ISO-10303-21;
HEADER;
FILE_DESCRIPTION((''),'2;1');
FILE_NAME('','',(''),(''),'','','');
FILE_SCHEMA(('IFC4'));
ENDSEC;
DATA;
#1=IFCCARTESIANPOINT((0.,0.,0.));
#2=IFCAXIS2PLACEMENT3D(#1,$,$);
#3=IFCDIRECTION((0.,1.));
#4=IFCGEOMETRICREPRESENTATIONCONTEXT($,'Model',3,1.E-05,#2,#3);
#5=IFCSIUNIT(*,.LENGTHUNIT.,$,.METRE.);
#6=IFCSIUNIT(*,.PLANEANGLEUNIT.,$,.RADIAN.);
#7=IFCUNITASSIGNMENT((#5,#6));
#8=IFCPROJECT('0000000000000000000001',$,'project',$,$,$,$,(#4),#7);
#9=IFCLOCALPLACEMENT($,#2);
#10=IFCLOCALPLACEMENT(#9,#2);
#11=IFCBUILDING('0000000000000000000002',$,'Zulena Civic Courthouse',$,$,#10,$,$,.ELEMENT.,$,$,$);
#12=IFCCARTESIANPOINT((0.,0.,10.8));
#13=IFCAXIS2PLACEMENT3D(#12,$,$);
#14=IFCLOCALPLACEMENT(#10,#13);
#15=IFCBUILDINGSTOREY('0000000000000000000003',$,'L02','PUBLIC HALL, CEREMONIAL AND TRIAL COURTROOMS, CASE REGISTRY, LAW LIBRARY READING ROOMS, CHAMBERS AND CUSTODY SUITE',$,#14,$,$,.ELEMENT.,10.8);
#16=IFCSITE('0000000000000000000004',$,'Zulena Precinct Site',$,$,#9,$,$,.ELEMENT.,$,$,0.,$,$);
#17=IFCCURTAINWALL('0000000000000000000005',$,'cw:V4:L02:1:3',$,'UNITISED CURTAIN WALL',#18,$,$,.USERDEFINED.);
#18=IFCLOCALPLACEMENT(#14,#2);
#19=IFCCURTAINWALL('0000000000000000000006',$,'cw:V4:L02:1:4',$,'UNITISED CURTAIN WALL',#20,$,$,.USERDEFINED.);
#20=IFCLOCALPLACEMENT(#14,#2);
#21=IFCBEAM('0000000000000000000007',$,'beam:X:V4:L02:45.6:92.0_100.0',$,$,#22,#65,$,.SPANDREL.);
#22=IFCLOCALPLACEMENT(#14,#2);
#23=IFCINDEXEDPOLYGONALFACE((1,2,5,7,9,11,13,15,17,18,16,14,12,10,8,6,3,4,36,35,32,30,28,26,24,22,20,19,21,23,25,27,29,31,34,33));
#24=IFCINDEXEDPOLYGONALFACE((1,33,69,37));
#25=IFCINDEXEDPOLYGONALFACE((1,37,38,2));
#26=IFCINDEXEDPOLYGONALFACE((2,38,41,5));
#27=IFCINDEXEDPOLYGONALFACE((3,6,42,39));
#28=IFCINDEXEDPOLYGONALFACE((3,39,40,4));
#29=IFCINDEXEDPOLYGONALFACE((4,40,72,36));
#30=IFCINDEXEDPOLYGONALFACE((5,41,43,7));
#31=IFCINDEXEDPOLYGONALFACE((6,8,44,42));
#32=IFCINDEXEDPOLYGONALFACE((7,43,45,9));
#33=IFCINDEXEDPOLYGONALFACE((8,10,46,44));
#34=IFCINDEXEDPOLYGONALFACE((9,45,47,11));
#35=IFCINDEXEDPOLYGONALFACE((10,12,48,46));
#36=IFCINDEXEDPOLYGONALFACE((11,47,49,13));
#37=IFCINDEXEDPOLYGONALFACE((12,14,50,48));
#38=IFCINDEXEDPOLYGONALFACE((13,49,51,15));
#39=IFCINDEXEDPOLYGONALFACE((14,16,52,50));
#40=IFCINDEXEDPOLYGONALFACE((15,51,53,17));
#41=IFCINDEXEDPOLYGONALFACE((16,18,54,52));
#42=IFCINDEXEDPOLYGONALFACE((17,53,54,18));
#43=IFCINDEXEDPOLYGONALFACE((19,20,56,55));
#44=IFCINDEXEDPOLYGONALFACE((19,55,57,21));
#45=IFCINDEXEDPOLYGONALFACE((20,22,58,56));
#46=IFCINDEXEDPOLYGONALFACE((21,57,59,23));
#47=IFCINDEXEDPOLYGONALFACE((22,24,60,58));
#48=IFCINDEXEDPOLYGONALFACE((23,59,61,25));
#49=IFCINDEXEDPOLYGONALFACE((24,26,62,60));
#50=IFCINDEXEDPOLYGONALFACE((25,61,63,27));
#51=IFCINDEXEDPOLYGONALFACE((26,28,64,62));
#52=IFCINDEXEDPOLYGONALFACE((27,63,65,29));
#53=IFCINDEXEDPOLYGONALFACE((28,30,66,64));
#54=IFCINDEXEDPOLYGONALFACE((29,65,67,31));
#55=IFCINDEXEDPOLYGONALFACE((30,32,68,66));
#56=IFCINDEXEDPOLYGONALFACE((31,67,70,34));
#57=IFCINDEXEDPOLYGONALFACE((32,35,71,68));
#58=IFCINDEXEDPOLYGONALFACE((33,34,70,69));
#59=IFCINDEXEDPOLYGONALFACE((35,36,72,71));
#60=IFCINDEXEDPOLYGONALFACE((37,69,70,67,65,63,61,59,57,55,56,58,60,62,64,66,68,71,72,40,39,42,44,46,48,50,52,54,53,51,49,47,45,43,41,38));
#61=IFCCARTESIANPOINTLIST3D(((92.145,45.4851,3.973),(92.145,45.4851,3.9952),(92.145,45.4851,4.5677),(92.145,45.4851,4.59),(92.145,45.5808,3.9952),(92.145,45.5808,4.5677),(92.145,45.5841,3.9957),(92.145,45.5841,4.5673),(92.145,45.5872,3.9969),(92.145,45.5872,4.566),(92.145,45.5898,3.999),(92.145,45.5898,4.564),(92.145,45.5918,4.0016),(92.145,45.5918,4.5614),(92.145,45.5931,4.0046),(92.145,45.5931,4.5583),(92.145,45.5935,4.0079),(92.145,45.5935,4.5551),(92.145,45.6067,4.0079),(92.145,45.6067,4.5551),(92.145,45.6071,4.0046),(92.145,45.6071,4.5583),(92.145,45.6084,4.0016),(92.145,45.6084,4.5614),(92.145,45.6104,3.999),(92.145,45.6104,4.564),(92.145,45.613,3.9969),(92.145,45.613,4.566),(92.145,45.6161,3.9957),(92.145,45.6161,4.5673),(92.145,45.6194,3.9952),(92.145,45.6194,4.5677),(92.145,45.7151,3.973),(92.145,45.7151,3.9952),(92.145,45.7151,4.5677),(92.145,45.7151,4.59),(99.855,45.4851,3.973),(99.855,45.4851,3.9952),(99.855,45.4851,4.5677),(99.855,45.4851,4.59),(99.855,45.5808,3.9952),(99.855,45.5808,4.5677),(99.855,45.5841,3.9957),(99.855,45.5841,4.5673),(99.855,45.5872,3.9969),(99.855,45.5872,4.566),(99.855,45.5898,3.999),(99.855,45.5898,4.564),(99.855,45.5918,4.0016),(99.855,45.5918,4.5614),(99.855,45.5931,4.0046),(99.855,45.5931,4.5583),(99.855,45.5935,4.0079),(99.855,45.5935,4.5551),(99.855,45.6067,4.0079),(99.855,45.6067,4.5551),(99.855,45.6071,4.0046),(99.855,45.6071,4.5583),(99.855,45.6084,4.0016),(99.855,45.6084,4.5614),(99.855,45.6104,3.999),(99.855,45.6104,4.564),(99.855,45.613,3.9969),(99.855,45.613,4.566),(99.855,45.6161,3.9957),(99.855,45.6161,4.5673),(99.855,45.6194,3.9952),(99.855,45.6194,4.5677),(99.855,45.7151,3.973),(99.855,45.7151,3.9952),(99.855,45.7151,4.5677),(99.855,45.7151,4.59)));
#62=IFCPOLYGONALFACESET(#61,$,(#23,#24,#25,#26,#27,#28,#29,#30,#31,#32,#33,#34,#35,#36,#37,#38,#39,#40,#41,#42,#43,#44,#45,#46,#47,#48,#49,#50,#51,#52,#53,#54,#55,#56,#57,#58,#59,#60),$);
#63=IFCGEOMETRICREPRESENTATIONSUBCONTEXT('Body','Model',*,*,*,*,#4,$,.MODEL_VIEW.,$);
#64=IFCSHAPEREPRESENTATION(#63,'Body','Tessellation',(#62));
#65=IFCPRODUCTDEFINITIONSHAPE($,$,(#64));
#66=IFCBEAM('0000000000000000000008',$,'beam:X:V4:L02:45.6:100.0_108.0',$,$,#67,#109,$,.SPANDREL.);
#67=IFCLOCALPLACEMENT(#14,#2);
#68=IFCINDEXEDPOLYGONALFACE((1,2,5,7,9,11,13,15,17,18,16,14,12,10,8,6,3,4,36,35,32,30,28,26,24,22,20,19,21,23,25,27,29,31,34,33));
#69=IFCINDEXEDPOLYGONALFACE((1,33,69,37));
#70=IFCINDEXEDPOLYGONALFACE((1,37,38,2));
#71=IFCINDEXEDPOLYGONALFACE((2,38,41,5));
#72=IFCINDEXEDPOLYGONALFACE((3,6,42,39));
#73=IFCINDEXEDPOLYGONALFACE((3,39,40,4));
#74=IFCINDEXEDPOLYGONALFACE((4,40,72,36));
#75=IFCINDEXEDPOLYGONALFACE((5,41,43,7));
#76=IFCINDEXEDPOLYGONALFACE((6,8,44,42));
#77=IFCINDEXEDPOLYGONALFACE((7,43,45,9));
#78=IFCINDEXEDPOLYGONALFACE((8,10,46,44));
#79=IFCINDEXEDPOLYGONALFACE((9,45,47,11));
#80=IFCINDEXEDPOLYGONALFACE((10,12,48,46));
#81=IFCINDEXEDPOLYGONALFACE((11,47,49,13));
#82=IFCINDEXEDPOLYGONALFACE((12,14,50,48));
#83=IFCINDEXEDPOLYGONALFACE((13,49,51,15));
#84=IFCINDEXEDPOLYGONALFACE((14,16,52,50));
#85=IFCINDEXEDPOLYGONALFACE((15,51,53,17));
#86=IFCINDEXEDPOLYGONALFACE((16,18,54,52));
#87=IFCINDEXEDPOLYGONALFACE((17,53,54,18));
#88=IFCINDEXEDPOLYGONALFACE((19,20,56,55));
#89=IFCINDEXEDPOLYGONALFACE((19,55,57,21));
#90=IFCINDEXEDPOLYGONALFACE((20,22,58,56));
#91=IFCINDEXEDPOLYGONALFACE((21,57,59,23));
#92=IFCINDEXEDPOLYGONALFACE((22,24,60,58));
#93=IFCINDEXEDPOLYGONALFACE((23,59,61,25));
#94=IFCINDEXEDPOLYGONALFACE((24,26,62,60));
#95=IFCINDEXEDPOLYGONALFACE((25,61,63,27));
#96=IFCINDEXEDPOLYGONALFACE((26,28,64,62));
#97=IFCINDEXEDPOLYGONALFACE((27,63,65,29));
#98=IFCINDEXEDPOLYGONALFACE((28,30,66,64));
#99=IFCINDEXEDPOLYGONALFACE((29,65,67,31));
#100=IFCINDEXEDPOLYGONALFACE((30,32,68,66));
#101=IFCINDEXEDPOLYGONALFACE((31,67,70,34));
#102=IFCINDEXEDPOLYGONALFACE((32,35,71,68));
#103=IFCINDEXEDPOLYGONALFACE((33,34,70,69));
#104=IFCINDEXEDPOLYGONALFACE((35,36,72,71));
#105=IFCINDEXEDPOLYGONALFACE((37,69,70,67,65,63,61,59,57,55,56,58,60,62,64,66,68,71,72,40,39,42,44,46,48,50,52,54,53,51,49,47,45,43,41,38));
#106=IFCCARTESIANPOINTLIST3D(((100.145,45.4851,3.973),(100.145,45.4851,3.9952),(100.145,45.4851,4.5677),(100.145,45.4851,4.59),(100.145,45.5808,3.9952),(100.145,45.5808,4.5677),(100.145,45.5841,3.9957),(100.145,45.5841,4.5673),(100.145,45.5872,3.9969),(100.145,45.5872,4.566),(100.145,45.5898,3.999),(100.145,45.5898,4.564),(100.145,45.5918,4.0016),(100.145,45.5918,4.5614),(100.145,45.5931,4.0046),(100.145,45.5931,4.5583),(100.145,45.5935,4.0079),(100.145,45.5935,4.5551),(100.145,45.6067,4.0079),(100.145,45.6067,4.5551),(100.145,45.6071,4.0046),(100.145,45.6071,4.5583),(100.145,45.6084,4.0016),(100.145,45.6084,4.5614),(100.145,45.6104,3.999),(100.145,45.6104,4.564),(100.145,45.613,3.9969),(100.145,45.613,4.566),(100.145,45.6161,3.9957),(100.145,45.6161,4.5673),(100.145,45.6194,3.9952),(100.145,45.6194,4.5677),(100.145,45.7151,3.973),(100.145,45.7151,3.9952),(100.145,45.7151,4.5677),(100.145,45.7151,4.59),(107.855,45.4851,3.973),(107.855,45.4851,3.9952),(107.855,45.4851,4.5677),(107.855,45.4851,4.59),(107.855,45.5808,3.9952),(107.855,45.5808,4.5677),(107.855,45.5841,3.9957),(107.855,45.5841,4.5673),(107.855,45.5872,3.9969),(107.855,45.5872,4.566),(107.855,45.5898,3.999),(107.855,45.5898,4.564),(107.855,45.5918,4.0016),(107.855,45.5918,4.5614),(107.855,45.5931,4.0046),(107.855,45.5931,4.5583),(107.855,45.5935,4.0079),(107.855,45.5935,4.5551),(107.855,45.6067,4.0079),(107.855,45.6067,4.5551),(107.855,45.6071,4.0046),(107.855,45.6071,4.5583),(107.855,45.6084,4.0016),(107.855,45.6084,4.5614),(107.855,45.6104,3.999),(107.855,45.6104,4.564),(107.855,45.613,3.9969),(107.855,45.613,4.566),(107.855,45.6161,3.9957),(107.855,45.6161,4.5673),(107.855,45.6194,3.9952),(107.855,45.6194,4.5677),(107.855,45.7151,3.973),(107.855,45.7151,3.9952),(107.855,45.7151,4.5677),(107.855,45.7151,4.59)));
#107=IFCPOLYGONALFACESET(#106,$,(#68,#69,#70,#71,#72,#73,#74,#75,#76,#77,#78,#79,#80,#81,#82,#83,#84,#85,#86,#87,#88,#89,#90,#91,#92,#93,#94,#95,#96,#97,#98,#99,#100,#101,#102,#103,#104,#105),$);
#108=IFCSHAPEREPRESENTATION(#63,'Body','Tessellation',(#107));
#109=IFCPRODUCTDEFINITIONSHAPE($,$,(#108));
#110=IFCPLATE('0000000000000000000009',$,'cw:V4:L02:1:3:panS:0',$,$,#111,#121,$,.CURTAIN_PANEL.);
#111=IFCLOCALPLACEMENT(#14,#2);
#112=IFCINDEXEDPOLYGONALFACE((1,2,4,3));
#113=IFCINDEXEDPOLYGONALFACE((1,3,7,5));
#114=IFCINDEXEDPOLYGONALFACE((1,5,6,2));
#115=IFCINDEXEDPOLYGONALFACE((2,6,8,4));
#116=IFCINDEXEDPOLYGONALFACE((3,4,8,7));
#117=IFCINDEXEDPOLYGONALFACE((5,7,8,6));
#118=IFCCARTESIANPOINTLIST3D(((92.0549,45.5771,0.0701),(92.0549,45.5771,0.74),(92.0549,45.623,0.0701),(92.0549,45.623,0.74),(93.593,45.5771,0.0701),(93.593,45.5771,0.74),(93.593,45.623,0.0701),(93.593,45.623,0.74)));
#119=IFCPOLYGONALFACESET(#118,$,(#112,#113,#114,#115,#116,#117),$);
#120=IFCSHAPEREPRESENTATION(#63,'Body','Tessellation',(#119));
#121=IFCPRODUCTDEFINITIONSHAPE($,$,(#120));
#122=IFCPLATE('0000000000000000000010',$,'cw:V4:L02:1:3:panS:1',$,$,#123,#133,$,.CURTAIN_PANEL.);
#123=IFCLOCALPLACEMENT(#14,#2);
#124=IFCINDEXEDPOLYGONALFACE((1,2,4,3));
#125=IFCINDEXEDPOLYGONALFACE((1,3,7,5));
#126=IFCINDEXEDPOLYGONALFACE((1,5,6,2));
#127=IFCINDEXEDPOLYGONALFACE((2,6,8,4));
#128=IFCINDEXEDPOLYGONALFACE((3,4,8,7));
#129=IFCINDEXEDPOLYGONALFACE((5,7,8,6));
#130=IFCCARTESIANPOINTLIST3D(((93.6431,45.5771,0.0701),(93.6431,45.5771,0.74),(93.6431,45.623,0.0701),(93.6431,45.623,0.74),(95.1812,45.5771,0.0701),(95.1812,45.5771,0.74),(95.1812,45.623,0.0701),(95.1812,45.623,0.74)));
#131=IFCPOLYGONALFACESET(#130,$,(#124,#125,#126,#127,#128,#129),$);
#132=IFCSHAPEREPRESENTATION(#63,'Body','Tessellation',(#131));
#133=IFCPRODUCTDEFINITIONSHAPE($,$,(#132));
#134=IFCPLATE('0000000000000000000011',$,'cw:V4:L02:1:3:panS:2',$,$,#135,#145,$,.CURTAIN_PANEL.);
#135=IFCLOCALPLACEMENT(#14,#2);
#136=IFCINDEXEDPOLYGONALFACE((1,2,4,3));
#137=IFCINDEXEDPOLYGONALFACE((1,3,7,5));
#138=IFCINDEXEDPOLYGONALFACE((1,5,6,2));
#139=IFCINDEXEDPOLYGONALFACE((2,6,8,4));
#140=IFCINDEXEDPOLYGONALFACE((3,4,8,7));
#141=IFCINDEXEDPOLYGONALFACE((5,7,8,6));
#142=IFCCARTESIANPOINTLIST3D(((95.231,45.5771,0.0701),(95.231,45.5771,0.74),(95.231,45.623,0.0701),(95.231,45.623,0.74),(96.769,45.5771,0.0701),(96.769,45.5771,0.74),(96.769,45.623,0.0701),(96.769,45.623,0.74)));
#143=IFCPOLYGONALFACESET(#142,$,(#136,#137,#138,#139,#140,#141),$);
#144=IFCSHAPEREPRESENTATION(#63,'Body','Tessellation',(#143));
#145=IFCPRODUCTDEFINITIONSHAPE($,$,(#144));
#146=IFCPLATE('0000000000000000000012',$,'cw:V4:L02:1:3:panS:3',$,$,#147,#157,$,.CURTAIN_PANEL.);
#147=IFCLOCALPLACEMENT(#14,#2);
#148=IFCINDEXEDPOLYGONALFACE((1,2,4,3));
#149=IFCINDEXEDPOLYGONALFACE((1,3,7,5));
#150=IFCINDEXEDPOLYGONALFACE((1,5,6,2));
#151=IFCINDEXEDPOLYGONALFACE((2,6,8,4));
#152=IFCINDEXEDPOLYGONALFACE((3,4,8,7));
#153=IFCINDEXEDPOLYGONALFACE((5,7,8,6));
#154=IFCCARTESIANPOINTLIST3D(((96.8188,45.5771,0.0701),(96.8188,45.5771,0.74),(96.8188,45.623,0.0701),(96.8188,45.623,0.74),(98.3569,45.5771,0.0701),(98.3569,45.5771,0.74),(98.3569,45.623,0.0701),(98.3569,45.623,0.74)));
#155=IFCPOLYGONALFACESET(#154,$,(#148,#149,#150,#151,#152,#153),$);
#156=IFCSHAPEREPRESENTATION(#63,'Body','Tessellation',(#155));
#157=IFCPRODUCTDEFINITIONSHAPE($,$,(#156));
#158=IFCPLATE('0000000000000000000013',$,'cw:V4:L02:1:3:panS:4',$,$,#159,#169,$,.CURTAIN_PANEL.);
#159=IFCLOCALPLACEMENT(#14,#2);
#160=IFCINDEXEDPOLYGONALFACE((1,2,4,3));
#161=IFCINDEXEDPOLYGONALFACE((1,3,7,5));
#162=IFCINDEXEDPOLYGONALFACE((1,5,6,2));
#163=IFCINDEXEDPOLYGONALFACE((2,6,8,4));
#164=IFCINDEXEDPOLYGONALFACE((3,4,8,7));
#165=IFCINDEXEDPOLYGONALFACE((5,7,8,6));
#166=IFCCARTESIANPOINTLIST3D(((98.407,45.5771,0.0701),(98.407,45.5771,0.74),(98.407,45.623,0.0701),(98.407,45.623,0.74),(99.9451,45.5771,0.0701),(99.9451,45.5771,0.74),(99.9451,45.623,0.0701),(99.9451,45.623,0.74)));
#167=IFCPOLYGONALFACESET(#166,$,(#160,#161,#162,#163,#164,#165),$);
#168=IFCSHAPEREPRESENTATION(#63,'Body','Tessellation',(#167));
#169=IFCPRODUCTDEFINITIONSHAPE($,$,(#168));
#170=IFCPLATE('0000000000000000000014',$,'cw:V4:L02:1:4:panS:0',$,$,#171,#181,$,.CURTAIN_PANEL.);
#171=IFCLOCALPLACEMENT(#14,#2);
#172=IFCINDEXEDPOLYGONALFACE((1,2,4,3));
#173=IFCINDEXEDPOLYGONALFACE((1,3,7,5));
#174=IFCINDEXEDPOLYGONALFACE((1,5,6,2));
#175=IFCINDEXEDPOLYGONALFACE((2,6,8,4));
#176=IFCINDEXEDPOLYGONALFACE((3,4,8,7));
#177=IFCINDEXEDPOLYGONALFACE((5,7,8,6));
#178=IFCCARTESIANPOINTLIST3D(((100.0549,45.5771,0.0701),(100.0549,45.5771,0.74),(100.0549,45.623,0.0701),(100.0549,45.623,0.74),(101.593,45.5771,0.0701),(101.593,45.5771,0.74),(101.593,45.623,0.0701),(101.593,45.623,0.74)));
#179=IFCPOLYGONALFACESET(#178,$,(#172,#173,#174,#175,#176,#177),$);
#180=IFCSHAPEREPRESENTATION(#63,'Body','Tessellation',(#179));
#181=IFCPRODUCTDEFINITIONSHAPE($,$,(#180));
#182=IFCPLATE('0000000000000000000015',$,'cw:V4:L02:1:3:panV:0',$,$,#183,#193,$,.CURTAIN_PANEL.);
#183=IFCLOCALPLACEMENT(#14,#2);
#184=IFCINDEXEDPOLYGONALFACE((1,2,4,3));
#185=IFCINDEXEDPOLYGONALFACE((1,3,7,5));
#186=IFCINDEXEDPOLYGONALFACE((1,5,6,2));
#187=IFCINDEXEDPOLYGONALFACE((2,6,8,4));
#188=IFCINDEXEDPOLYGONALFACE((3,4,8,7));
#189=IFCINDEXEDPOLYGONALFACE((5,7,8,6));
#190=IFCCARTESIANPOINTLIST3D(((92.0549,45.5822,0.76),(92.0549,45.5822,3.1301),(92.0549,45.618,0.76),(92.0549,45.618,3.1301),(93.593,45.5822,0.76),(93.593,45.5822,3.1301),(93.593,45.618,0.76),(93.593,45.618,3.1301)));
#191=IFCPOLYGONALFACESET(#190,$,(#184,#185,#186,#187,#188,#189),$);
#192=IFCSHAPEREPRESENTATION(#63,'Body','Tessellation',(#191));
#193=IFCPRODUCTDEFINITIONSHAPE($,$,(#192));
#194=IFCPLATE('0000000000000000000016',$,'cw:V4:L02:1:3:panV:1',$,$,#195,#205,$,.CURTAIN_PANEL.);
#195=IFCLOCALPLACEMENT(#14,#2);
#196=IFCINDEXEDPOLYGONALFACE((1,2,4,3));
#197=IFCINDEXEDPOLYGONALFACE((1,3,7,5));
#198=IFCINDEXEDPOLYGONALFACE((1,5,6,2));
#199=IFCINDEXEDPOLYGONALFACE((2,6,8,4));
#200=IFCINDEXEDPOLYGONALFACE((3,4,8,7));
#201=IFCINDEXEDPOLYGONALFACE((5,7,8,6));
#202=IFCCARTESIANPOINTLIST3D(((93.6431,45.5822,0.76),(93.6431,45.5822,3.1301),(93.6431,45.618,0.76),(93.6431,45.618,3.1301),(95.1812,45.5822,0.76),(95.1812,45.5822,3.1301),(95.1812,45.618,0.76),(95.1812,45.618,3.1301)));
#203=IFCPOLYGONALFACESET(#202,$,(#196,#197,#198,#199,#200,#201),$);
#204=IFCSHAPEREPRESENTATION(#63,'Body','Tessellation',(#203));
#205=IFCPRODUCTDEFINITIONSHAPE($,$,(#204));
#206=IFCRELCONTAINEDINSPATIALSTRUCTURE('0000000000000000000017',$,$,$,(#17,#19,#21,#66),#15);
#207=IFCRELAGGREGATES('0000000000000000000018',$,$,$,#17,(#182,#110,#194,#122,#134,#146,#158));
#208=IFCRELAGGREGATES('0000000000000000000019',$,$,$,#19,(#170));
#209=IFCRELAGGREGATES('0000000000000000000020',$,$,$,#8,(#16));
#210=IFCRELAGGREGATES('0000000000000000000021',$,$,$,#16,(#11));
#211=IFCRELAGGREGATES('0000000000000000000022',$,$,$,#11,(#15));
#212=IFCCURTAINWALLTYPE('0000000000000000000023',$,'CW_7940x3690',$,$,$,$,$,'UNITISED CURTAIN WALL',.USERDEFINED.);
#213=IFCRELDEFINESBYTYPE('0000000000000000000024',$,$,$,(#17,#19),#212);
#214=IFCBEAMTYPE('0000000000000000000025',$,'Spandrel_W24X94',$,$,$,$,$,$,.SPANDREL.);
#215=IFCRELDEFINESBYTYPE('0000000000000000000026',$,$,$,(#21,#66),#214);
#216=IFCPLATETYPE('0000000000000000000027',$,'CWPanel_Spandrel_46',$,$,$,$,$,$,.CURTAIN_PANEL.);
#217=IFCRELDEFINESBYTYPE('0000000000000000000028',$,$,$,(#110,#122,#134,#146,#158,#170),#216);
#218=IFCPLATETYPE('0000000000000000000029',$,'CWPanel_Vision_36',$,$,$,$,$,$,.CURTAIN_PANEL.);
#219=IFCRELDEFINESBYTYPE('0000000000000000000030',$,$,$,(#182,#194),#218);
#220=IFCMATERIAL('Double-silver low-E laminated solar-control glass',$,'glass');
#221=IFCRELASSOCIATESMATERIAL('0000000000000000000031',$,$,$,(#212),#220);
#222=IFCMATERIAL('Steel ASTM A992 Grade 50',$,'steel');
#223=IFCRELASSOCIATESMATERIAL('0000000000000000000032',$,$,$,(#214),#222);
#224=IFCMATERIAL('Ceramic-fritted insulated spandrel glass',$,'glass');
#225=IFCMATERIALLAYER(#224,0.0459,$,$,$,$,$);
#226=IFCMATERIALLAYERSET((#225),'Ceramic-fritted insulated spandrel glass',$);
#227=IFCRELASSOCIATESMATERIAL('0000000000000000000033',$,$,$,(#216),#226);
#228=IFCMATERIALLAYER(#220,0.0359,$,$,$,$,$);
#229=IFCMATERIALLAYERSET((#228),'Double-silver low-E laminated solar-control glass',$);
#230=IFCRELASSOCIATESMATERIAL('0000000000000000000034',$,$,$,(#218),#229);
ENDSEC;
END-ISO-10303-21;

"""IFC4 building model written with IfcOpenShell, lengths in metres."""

from ifc_helpers import new_model, si_unit, direction, frame, origin, origin_2d, place, context, subcontext, project, spatial, rectangle, i_section, extrude, material, layer, layer_set, material_profile, profile_set, type_object, element, aggregate, save


model = new_model("IFC4")

# Units and contexts
model_context = context("Model", 3, precision=1e-05, world=origin(), true_north=direction((0.0, 1.0)))
body_context = subcontext(model_context, "Body", "Model", "MODEL_VIEW")
ifc_project = project(units=[si_unit("LENGTHUNIT", "METRE"), si_unit("PLANEANGLEUNIT", "RADIAN")], contexts=[model_context])

# Site, building, storey
site_placement = place(None, origin())
site = spatial("IfcSite", under=ifc_project, at=site_placement, Name="Zulena Precinct Site", CompositionType="ELEMENT", RefElevation=0.0)
building_placement = place(site_placement, origin())
building = spatial("IfcBuilding", under=site, at=building_placement, Name="Zulena Civic Courthouse", CompositionType="ELEMENT")
storey_placement = place(building_placement, frame((0.0, 0.0, 10.8)))
storey = spatial("IfcBuildingStorey", under=building, at=storey_placement, Name="L02", Description="PUBLIC HALL, CEREMONIAL AND TRIAL COURTROOMS, CASE REGISTRY, LAW LIBRARY READING ROOMS, CHAMBERS AND CUSTODY SUITE", CompositionType="ELEMENT", Elevation=10.8)

# Shared definitions
ifc_material_1 = material(Name="Steel ASTM A992 Grade 50", Category="steel")

# Curtain walls
ifc_material_2 = material(Name="Double-silver low-E laminated solar-control glass", Category="glass")
curtain_wall_type = type_object("IfcCurtainWallType", Name="CW_7940x3690", ElementType="UNITISED CURTAIN WALL", PredefinedType="USERDEFINED", material=ifc_material_2)
curtain_wall_1_placement = place(storey_placement, origin())
curtain_wall_1 = element("IfcCurtainWall", 1, at=curtain_wall_1_placement, inside=storey, type_object=curtain_wall_type, Name="cw:V4:L02:1:3", ObjectType="UNITISED CURTAIN WALL", PredefinedType="USERDEFINED")
curtain_wall_2_placement = place(storey_placement, origin())
curtain_wall_2 = element("IfcCurtainWall", 2, at=curtain_wall_2_placement, inside=storey, type_object=curtain_wall_type, Name="cw:V4:L02:1:4", ObjectType="UNITISED CURTAIN WALL", PredefinedType="USERDEFINED")

# Beams
ifc_material_profile_1 = material_profile(ifc_material_1, i_section(OverallWidth=0.23, OverallDepth=0.6169, WebThickness=0.0132, FlangeThickness=0.0222, FilletRadius=0.0127, at=origin_2d()), Name="W24X94")
ifc_profile_set_1 = profile_set([ifc_material_profile_1], Name="Steel ASTM A992 Grade 50")
beam_type_1 = type_object("IfcBeamType", Name="Spandrel_W24X94", PredefinedType="SPANDREL", material=ifc_profile_set_1)
for number, where, z_axis, x_axis, name in (
    (3, (92.145, 45.6001, 4.2815), (1.0, 0.0, 0.0), (0.0, 1.0, 0.0), "beam:X:V4:L02:45.6:92.0_100.0"),
    (4, (100.145, 45.6001, 4.2815), (1.0, 0.0, 0.0), (0.0, 1.0, 0.0), "beam:X:V4:L02:45.6:100.0_108.0"),
):
    element("IfcBeam", number, at=place(storey_placement, frame(where, z_axis=z_axis, x_axis=x_axis)), inside=storey, type_object=beam_type_1, Name=name, PredefinedType="SPANDREL", context=body_context, shape_type="SweptSolid", body=[
        extrude(i_section(OverallWidth=0.23, OverallDepth=0.6169, WebThickness=0.0132, FlangeThickness=0.0222, FilletRadius=0.0127, at=origin_2d()), origin(), (0.0, 0.0, 1.0), 7.71),
    ])

# Plates
ifc_material_3 = material(Name="Ceramic-fritted insulated spandrel glass", Category="glass")
ifc_layer_1 = layer(ifc_material_3, 0.0459)
ifc_layer_set_1 = layer_set([ifc_layer_1], Name="Ceramic-fritted insulated spandrel glass")
plate_type_1 = type_object("IfcPlateType", Name="CWPanel_Spandrel_46", PredefinedType="CURTAIN_PANEL", material=ifc_layer_set_1)
plate_1_placement = place(storey_placement, frame((92.824, 45.6001, 0.0701), z_axis=(0.0, 0.0, 1.0), x_axis=(1.0, 0.0, 0.0)))
plate_1 = element("IfcPlate", 5, at=plate_1_placement, type_object=plate_type_1, Name="cw:V4:L02:1:3:panS:0", PredefinedType="CURTAIN_PANEL", context=body_context, shape_type="SweptSolid", body=[
    extrude(rectangle(XDim=1.5381, YDim=0.0459, at=origin_2d()), origin(), (0.0, 0.0, 1.0), 0.6699),
])
plate_2_placement = place(storey_placement, frame((94.4121, 45.6001, 0.0701), z_axis=(0.0, 0.0, 1.0), x_axis=(1.0, 0.0, 0.0)))
plate_2 = element("IfcPlate", 6, at=plate_2_placement, type_object=plate_type_1, Name="cw:V4:L02:1:3:panS:1", PredefinedType="CURTAIN_PANEL", context=body_context, shape_type="SweptSolid", body=[
    extrude(rectangle(XDim=1.5381, YDim=0.0459, at=origin_2d()), origin(), (0.0, 0.0, 1.0), 0.6699),
])
plate_3_placement = place(storey_placement, frame((96.0, 45.6001, 0.0701), z_axis=(0.0, 0.0, 1.0), x_axis=(1.0, 0.0, 0.0)))
plate_3 = element("IfcPlate", 7, at=plate_3_placement, type_object=plate_type_1, Name="cw:V4:L02:1:3:panS:2", PredefinedType="CURTAIN_PANEL", context=body_context, shape_type="SweptSolid", body=[
    extrude(rectangle(XDim=1.5381, YDim=0.0459, at=origin_2d()), origin(), (0.0, 0.0, 1.0), 0.6699),
])
plate_4_placement = place(storey_placement, frame((97.5879, 45.6001, 0.0701), z_axis=(0.0, 0.0, 1.0), x_axis=(1.0, 0.0, 0.0)))
plate_4 = element("IfcPlate", 8, at=plate_4_placement, type_object=plate_type_1, Name="cw:V4:L02:1:3:panS:3", PredefinedType="CURTAIN_PANEL", context=body_context, shape_type="SweptSolid", body=[
    extrude(rectangle(XDim=1.5381, YDim=0.0459, at=origin_2d()), origin(), (0.0, 0.0, 1.0), 0.6699),
])
plate_5_placement = place(storey_placement, frame((99.176, 45.6001, 0.0701), z_axis=(0.0, 0.0, 1.0), x_axis=(1.0, 0.0, 0.0)))
plate_5 = element("IfcPlate", 9, at=plate_5_placement, type_object=plate_type_1, Name="cw:V4:L02:1:3:panS:4", PredefinedType="CURTAIN_PANEL", context=body_context, shape_type="SweptSolid", body=[
    extrude(rectangle(XDim=1.5381, YDim=0.0459, at=origin_2d()), origin(), (0.0, 0.0, 1.0), 0.6699),
])
plate_6_placement = place(storey_placement, frame((100.824, 45.6001, 0.0701), z_axis=(0.0, 0.0, 1.0), x_axis=(1.0, 0.0, 0.0)))
plate_6 = element("IfcPlate", 10, at=plate_6_placement, type_object=plate_type_1, Name="cw:V4:L02:1:4:panS:0", PredefinedType="CURTAIN_PANEL", context=body_context, shape_type="SweptSolid", body=[
    extrude(rectangle(XDim=1.5381, YDim=0.0459, at=origin_2d()), origin(), (0.0, 0.0, 1.0), 0.6699),
])
ifc_layer_2 = layer(ifc_material_2, 0.0359)
ifc_layer_set_2 = layer_set([ifc_layer_2], Name="Double-silver low-E laminated solar-control glass")
plate_type_2 = type_object("IfcPlateType", Name="CWPanel_Vision_36", PredefinedType="CURTAIN_PANEL", material=ifc_layer_set_2)
plate_7_placement = place(storey_placement, frame((92.824, 45.6001, 0.76), z_axis=(0.0, 0.0, 1.0), x_axis=(1.0, 0.0, 0.0)))
plate_7 = element("IfcPlate", 11, at=plate_7_placement, type_object=plate_type_2, Name="cw:V4:L02:1:3:panV:0", PredefinedType="CURTAIN_PANEL", context=body_context, shape_type="SweptSolid", body=[
    extrude(rectangle(XDim=1.5381, YDim=0.0359, at=origin_2d()), origin(), (0.0, 0.0, 1.0), 2.3701),
])
plate_8_placement = place(storey_placement, frame((94.4121, 45.6001, 0.76), z_axis=(0.0, 0.0, 1.0), x_axis=(1.0, 0.0, 0.0)))
plate_8 = element("IfcPlate", 12, at=plate_8_placement, type_object=plate_type_2, Name="cw:V4:L02:1:3:panV:1", PredefinedType="CURTAIN_PANEL", context=body_context, shape_type="SweptSolid", body=[
    extrude(rectangle(XDim=1.5381, YDim=0.0359, at=origin_2d()), origin(), (0.0, 0.0, 1.0), 2.3701),
])
aggregate(curtain_wall_1, [plate_7, plate_1, plate_8, plate_2, plate_3, plate_4, plate_5])
aggregate(curtain_wall_2, [plate_6])

save(model, "model.ifc")
